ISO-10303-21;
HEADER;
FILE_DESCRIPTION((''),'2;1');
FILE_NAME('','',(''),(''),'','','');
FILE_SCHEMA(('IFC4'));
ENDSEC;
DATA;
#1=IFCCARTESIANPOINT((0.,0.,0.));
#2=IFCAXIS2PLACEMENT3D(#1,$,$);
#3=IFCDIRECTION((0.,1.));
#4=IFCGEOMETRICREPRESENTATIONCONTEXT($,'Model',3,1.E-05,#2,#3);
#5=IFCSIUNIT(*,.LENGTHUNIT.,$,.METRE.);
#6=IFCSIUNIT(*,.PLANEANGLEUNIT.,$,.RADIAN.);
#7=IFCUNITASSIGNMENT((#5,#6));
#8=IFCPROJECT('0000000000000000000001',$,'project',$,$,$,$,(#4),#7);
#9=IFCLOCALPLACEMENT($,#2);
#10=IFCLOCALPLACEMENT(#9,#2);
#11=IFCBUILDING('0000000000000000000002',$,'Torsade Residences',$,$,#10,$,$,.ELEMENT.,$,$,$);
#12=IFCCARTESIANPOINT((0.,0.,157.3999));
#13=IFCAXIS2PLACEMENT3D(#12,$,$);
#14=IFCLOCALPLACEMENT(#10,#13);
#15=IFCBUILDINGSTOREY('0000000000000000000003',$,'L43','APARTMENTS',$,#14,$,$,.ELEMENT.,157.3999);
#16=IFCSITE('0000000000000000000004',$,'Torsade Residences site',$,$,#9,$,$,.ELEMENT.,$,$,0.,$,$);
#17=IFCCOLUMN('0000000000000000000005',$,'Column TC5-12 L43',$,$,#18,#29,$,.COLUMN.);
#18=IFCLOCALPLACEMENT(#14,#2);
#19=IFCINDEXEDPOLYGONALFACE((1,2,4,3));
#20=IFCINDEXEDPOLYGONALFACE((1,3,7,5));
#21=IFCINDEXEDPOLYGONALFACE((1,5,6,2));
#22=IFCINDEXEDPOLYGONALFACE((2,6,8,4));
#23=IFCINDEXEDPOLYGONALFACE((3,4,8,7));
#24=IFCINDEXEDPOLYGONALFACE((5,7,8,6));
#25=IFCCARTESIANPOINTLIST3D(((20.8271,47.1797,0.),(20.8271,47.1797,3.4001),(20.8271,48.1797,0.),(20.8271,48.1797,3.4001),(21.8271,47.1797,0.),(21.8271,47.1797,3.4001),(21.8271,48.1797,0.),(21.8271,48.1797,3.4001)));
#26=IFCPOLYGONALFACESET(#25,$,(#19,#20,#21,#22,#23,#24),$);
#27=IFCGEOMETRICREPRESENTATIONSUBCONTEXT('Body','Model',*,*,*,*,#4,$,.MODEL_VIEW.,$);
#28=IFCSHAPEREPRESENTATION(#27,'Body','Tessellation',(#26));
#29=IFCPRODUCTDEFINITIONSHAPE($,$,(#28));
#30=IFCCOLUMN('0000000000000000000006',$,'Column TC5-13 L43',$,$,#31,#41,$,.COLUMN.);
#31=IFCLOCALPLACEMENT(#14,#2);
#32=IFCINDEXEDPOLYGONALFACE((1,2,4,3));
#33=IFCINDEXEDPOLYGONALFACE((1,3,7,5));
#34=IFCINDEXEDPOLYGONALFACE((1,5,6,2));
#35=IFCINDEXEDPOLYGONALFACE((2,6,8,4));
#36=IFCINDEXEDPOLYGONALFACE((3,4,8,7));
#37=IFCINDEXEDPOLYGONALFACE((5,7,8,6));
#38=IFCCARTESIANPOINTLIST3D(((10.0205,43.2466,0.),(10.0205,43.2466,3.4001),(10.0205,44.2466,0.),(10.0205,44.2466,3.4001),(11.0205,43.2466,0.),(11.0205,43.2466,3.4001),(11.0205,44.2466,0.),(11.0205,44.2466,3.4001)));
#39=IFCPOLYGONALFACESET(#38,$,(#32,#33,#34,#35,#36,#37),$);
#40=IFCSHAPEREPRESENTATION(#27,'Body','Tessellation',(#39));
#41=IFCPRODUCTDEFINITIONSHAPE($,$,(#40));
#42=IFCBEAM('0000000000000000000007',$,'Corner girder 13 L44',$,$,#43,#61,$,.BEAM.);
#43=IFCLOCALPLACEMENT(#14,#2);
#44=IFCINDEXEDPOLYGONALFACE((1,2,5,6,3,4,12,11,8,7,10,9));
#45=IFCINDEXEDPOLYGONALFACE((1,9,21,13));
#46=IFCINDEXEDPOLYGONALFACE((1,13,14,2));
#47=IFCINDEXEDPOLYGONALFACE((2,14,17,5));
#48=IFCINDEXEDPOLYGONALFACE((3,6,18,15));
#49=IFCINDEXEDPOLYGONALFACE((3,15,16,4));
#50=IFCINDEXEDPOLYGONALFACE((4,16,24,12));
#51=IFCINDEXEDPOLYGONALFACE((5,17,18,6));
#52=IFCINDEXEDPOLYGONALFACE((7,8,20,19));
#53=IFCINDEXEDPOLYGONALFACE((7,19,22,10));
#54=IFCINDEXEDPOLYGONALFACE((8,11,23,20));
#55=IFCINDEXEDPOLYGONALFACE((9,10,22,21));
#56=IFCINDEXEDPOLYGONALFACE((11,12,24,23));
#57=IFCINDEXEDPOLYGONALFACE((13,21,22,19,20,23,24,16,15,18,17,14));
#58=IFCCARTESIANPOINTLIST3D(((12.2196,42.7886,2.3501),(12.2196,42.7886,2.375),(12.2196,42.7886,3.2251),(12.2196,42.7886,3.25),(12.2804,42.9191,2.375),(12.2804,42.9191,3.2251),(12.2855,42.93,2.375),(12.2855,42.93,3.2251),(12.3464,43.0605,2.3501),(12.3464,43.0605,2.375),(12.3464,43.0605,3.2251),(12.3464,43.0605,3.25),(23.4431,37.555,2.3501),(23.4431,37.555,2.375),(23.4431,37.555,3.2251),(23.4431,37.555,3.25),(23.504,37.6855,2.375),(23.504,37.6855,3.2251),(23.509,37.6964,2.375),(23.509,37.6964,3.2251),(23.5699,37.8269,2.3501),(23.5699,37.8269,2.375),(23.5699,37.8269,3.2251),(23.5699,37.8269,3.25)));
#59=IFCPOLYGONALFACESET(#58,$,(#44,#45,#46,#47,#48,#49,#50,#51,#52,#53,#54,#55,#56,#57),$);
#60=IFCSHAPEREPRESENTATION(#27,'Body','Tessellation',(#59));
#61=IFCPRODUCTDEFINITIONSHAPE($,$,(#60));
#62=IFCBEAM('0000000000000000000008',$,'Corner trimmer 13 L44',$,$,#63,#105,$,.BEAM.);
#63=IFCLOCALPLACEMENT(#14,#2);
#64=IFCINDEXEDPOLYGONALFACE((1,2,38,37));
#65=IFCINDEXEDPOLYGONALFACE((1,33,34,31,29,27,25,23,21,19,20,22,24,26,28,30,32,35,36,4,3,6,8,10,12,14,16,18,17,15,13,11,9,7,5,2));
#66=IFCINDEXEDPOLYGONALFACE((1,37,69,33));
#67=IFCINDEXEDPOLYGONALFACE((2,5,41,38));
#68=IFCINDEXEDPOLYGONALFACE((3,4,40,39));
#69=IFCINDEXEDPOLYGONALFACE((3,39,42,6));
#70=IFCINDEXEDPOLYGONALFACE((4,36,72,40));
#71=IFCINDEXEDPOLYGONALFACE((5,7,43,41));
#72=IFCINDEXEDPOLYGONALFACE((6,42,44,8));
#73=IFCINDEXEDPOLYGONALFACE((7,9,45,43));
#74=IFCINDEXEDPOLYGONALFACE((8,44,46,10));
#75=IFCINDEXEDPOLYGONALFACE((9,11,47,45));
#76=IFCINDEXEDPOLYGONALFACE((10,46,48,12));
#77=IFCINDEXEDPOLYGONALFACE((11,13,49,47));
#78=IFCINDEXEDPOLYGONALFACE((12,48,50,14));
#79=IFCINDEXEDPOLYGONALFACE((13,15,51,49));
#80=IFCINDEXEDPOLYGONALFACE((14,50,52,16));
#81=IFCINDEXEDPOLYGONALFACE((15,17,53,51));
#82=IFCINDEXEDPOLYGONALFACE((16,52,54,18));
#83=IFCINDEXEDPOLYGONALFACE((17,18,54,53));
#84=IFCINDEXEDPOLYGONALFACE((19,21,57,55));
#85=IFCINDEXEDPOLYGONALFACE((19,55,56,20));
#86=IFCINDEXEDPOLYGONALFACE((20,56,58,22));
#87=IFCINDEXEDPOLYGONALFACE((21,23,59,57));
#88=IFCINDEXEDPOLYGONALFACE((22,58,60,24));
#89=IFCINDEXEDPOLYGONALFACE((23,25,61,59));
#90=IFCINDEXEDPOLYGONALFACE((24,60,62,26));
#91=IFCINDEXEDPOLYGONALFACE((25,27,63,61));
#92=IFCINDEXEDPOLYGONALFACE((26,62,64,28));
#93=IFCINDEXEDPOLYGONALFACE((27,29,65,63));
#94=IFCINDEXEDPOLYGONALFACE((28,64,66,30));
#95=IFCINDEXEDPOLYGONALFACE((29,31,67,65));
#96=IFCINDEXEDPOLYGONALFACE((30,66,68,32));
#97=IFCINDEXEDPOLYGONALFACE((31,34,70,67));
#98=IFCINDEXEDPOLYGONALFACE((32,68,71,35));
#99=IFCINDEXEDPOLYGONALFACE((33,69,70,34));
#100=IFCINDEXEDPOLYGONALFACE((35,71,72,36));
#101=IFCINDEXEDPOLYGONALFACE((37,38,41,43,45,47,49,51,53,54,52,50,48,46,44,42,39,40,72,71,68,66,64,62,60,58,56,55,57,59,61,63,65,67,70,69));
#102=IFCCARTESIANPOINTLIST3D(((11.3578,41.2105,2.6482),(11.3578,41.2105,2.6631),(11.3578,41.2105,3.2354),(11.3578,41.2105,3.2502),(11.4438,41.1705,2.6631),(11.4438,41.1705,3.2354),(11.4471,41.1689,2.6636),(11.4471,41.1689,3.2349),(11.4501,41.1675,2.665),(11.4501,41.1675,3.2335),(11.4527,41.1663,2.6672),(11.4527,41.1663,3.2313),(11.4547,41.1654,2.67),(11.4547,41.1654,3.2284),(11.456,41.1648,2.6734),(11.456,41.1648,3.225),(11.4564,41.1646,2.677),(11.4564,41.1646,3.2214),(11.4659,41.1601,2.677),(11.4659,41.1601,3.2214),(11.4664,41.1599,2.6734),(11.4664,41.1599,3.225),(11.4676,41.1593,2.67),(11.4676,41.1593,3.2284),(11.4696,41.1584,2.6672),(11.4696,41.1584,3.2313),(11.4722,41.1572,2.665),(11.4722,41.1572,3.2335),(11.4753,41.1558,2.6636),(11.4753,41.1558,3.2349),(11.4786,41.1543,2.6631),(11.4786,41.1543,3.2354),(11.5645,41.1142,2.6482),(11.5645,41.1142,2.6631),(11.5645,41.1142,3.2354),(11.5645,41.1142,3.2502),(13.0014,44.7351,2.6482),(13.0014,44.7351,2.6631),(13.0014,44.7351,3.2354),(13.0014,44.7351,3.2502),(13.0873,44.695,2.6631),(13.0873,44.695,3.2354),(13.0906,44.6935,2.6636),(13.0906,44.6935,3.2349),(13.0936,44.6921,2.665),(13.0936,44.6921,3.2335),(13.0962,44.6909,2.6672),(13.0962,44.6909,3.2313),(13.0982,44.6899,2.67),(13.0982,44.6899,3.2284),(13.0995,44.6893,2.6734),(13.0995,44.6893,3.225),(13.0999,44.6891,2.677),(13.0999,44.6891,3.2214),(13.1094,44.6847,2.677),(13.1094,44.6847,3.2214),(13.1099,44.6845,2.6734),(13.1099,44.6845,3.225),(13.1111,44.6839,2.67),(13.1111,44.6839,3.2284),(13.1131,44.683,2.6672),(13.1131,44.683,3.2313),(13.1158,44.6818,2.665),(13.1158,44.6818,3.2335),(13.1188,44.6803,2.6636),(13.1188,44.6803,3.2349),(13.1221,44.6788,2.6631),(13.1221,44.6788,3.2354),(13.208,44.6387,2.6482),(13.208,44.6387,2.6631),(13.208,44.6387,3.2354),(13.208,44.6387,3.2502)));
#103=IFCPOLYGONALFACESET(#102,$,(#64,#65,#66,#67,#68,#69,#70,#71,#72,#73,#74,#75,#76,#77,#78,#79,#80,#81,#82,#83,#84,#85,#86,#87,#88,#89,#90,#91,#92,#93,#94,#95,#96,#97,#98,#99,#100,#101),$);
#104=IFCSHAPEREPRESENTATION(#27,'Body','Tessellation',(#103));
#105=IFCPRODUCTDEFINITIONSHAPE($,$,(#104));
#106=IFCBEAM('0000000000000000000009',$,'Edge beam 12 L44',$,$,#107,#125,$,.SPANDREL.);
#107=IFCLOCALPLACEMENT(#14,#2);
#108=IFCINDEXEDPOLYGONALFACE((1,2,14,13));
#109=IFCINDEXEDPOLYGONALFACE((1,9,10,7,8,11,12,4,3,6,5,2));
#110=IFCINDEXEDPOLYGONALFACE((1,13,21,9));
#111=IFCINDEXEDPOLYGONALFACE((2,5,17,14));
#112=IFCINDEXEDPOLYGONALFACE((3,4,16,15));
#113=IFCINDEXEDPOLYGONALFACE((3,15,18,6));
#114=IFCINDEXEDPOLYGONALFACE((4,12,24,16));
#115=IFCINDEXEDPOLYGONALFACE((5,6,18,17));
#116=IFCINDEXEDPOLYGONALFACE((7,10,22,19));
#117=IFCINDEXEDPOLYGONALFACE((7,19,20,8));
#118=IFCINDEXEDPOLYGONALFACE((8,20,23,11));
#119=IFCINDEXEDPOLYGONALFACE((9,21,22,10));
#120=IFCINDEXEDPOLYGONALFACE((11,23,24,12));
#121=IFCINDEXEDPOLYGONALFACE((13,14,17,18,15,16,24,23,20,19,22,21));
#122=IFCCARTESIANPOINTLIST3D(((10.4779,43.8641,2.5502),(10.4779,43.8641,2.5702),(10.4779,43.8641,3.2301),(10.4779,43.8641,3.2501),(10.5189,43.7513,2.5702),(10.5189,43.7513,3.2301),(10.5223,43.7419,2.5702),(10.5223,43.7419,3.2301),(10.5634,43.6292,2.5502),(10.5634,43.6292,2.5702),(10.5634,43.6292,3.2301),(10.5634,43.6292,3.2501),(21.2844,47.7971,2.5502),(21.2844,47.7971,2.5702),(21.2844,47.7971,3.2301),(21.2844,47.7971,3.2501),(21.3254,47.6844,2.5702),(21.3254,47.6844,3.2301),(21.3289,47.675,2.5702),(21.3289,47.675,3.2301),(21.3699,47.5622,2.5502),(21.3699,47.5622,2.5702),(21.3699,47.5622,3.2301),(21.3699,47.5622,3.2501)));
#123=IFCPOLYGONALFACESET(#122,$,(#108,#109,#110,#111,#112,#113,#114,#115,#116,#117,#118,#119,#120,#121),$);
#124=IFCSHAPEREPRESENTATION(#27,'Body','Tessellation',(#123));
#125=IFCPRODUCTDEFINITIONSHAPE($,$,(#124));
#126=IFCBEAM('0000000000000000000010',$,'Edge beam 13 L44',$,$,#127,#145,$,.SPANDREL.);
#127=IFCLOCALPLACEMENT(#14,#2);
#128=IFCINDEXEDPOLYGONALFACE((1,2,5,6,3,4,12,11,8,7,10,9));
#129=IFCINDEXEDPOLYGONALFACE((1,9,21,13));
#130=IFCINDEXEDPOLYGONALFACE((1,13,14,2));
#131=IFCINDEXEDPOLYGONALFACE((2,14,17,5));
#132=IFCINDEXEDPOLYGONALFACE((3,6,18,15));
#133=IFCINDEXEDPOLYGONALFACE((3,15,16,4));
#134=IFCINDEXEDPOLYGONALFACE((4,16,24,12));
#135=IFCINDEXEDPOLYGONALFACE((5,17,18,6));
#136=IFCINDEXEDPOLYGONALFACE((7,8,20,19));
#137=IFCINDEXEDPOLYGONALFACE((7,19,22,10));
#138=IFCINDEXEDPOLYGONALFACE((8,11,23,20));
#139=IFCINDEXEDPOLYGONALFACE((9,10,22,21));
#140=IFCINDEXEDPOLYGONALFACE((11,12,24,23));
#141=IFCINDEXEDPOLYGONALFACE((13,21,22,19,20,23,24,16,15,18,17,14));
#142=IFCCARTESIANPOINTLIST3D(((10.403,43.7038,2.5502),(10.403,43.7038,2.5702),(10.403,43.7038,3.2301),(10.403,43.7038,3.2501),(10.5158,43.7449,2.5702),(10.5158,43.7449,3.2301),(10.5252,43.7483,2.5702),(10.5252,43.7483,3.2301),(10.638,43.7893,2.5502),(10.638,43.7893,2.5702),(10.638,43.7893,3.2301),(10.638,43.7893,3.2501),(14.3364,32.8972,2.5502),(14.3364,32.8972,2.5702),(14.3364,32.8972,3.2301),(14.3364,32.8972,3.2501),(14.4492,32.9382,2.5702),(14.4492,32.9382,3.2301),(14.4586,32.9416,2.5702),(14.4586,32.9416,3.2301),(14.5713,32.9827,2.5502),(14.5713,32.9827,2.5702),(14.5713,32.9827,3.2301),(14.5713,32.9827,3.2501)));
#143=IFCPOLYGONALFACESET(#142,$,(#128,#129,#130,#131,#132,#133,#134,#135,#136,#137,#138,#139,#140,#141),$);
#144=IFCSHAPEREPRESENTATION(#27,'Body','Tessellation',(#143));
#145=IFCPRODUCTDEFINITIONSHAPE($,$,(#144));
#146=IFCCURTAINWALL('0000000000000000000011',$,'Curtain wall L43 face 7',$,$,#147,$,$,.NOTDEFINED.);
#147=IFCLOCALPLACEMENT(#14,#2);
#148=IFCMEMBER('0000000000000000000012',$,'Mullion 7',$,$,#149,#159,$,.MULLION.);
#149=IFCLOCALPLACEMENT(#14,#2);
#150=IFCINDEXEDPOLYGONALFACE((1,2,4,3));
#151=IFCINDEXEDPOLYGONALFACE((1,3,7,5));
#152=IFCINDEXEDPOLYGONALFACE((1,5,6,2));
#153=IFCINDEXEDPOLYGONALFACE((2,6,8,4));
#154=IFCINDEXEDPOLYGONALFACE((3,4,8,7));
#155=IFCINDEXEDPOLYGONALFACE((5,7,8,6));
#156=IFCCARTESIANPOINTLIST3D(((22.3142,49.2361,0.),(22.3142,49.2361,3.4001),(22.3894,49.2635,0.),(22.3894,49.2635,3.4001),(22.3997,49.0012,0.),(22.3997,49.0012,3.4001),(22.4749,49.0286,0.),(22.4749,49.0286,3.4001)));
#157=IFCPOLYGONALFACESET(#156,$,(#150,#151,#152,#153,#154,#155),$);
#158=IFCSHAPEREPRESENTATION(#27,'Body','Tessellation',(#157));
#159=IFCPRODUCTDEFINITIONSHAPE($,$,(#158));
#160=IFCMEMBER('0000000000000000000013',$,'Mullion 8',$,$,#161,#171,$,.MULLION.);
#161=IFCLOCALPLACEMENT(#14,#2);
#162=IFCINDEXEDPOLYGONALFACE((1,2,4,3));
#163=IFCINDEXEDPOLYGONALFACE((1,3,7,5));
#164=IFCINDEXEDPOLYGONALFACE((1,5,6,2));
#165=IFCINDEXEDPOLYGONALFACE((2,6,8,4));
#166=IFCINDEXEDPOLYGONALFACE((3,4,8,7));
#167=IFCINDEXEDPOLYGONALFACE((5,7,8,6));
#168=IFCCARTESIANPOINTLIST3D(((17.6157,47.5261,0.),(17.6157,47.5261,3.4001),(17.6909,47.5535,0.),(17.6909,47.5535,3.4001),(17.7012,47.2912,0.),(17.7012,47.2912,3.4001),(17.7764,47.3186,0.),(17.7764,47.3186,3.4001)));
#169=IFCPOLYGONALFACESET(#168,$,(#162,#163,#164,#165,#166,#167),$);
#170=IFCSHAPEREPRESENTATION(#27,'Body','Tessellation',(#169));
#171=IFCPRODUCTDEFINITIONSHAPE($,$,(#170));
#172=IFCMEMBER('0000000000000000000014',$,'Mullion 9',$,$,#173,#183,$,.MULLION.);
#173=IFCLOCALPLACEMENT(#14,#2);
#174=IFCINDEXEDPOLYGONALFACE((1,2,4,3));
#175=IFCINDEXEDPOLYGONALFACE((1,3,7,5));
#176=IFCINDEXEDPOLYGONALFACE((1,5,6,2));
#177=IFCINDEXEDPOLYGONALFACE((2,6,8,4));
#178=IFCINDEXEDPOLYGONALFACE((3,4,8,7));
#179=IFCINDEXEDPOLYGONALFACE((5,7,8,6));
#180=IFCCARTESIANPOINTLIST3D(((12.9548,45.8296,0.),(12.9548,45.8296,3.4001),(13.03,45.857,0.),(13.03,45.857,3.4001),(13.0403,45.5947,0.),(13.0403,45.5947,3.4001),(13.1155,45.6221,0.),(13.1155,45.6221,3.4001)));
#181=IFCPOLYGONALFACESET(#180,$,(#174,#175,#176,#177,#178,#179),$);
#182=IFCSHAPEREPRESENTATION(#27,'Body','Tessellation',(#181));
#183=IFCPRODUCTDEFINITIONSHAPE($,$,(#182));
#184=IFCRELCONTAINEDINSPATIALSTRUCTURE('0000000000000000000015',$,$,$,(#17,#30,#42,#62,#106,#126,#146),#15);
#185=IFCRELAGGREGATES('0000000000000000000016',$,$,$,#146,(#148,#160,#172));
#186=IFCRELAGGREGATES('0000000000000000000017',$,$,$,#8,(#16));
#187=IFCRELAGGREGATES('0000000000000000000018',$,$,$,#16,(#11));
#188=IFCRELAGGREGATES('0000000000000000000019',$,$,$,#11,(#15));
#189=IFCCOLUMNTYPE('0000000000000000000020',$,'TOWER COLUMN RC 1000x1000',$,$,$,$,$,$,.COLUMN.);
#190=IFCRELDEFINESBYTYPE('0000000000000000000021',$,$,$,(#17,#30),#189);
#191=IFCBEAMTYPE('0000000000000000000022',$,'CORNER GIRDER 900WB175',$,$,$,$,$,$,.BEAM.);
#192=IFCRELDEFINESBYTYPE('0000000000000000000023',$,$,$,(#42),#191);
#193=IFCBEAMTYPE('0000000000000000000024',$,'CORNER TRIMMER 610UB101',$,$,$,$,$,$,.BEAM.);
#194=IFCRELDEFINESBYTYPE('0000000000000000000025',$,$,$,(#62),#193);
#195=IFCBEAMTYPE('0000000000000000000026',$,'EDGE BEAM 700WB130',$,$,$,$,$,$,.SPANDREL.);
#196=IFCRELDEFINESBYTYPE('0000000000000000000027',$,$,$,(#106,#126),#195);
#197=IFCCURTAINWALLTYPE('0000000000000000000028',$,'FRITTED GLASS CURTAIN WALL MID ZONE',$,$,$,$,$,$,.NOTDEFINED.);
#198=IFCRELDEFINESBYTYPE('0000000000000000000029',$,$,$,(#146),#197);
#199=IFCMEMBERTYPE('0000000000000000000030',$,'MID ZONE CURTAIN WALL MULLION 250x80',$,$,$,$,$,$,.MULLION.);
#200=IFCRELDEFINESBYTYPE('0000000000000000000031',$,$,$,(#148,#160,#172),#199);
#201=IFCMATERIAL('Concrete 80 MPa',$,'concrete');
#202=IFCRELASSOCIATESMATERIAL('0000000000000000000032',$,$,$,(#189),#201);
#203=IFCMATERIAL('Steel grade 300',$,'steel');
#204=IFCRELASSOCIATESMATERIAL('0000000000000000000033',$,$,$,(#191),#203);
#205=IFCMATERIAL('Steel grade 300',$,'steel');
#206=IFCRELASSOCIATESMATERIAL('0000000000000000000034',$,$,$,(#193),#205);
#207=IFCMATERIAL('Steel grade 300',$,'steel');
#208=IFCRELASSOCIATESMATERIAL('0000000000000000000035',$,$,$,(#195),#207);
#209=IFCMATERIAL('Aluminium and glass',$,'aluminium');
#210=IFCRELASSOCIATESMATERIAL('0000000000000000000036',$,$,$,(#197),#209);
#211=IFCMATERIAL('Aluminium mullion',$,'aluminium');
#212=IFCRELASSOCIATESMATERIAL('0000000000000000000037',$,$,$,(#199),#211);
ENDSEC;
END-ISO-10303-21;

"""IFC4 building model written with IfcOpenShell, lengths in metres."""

from ifc_helpers import new_model, si_unit, direction, frame, origin, origin_2d, place, context, subcontext, project, spatial, rectangle, i_section, extrude, material, material_profile, profile_set, type_object, element, aggregate, save


model = new_model("IFC4")

# Units and contexts
model_context = context("Model", 3, precision=1e-05, world=origin(), true_north=direction((0.0, 1.0)))
body_context = subcontext(model_context, "Body", "Model", "MODEL_VIEW")
ifc_project = project(units=[si_unit("LENGTHUNIT", "METRE"), si_unit("PLANEANGLEUNIT", "RADIAN")], contexts=[model_context])

# Site, building, storey
site_placement = place(None, origin())
site = spatial("IfcSite", under=ifc_project, at=site_placement, Name="Torsade Residences site", CompositionType="ELEMENT", RefElevation=0.0)
building_placement = place(site_placement, origin())
building = spatial("IfcBuilding", under=site, at=building_placement, Name="Torsade Residences", CompositionType="ELEMENT")
storey_placement = place(building_placement, frame((0.0, 0.0, 157.3999)))
storey = spatial("IfcBuildingStorey", under=building, at=storey_placement, Name="L43", Description="APARTMENTS", CompositionType="ELEMENT", Elevation=157.3999)

# Columns
ifc_material_1 = material(Name="Concrete 80 MPa", Category="concrete")
ifc_material_profile_1 = material_profile(ifc_material_1, rectangle(XDim=1.0, YDim=1.0, at=origin_2d()), Name="RC 1000x1000")
ifc_profile_set_1 = profile_set([ifc_material_profile_1], Name="Concrete 80 MPa")
column_type = type_object("IfcColumnType", Name="TOWER COLUMN RC 1000x1000", PredefinedType="COLUMN", material=ifc_profile_set_1)
for number, where, z_axis, x_axis, name in (
    (1, (21.3271, 47.6797, 0.0), (0.0, 0.0, 1.0), (1.0, 0.0, 0.0), "Column TC5-12 L43"),
    (2, (10.5205, 43.7466, 0.0), (0.0, 0.0, 1.0), (1.0, 0.0, 0.0), "Column TC5-13 L43"),
):
    element("IfcColumn", number, at=place(storey_placement, frame(where, z_axis=z_axis, x_axis=x_axis)), inside=storey, type_object=column_type, Name=name, PredefinedType="COLUMN", context=body_context, shape_type="SweptSolid", body=[
        extrude(rectangle(XDim=1.0, YDim=1.0, at=origin_2d()), origin(), (0.0, 0.0, 1.0), 3.4001),
    ])

# Beams
ifc_material_2 = material(Name="Steel grade 300", Category="steel")
ifc_material_profile_2 = material_profile(ifc_material_2, i_section(OverallWidth=0.3, OverallDepth=0.8999, WebThickness=0.012, FlangeThickness=0.0249, at=origin_2d()), Name="900WB175")
ifc_profile_set_2 = profile_set([ifc_material_profile_2], Name="Steel grade 300")
beam_type_1 = type_object("IfcBeamType", Name="CORNER GIRDER 900WB175", PredefinedType="BEAM", material=ifc_profile_set_2)
beam_1_placement = place(storey_placement, frame((12.283, 42.9246, 2.8), z_axis=(0.906309, -0.422617, 0.0), x_axis=(0.422617, 0.906309, 0.0)))
element("IfcBeam", 3, at=beam_1_placement, inside=storey, type_object=beam_type_1, Name="Corner girder 13 L44", PredefinedType="BEAM", context=body_context, shape_type="SweptSolid", body=[
    extrude(i_section(OverallWidth=0.3, OverallDepth=0.8999, WebThickness=0.012, FlangeThickness=0.0249, at=origin_2d()), origin(), (0.0, 0.0, 1.0), 12.3838),
])
ifc_material_3 = material(Name="Steel grade 300", Category="steel")
ifc_material_profile_3 = material_profile(ifc_material_3, i_section(OverallWidth=0.228, OverallDepth=0.6021, WebThickness=0.0105, FlangeThickness=0.0149, FilletRadius=0.0139, at=origin_2d()), Name="610UB101")
ifc_profile_set_3 = profile_set([ifc_material_profile_3], Name="Steel grade 300")
beam_type_2 = type_object("IfcBeamType", Name="CORNER TRIMMER 610UB101", PredefinedType="BEAM", material=ifc_profile_set_3)
beam_2_placement = place(storey_placement, frame((11.4612, 41.1624, 2.9492), z_axis=(0.422614, 0.90631, 0.0), x_axis=(-0.90631, 0.422614, 0.0)))
element("IfcBeam", 4, at=beam_2_placement, inside=storey, type_object=beam_type_2, Name="Corner trimmer 13 L44", PredefinedType="BEAM", context=body_context, shape_type="SweptSolid", body=[
    extrude(i_section(OverallWidth=0.228, OverallDepth=0.6021, WebThickness=0.0105, FlangeThickness=0.0149, FilletRadius=0.0139, at=origin_2d()), origin(), (0.0, 0.0, 1.0), 3.8889),
])
ifc_material_4 = material(Name="Steel grade 300", Category="steel")
ifc_material_profile_4 = material_profile(ifc_material_4, i_section(OverallWidth=0.25, OverallDepth=0.7, WebThickness=0.01, FlangeThickness=0.02, at=origin_2d()), Name="700WB130")
ifc_profile_set_4 = profile_set([ifc_material_profile_4], Name="Steel grade 300")
beam_type_3 = type_object("IfcBeamType", Name="EDGE BEAM 700WB130", PredefinedType="SPANDREL", material=ifc_profile_set_4)
beam_3_placement = place(storey_placement, frame((21.3271, 47.6797, 2.9001), z_axis=(-0.939698, -0.342006, 0.0), x_axis=(0.342006, -0.939698, 0.0)))
element("IfcBeam", 5, at=beam_3_placement, inside=storey, type_object=beam_type_3, Name="Edge beam 12 L44", PredefinedType="SPANDREL", context=body_context, shape_type="SweptSolid", body=[
    extrude(i_section(OverallWidth=0.25, OverallDepth=0.7, WebThickness=0.01, FlangeThickness=0.02, at=origin_2d()), origin(), (0.0, 0.0, 1.0), 11.5),
])
beam_4_placement = place(storey_placement, frame((10.5205, 43.7466, 2.9001), z_axis=(0.342024, -0.939691, 0.0), x_axis=(0.939691, 0.342024, 0.0)))
element("IfcBeam", 6, at=beam_4_placement, inside=storey, type_object=beam_type_3, Name="Edge beam 13 L44", PredefinedType="SPANDREL", context=body_context, shape_type="SweptSolid", body=[
    extrude(i_section(OverallWidth=0.25, OverallDepth=0.7, WebThickness=0.01, FlangeThickness=0.02, at=origin_2d()), origin(), (0.0, 0.0, 1.0), 11.5002),
])

# Curtain wall, members
ifc_material_5 = material(Name="Aluminium and glass", Category="aluminium")
curtain_wall_type = type_object("IfcCurtainWallType", Name="FRITTED GLASS CURTAIN WALL MID ZONE", PredefinedType="NOTDEFINED", material=ifc_material_5)
curtain_wall_placement = place(storey_placement, origin())
curtain_wall = element("IfcCurtainWall", 7, at=curtain_wall_placement, inside=storey, type_object=curtain_wall_type, Name="Curtain wall L43 face 7", PredefinedType="NOTDEFINED")
ifc_material_6 = material(Name="Aluminium mullion", Category="aluminium")
ifc_material_profile_5 = material_profile(ifc_material_6, rectangle(XDim=0.25, YDim=0.0801, at=origin_2d()), Name="MID ZONE CURTAIN WALL MULLION 250x80")
ifc_profile_set_5 = profile_set([ifc_material_profile_5], Name="Aluminium mullion")
member_type_1 = type_object("IfcMemberType", Name="MID ZONE CURTAIN WALL MULLION 250x80", PredefinedType="MULLION", material=ifc_profile_set_5)
member_1_placement = place(storey_placement, frame((22.3945, 49.1323, 0.0), z_axis=(0.0, 0.0, 1.0), x_axis=(0.34202, -0.939693, 0.0)))
member_1 = element("IfcMember", 8, at=member_1_placement, type_object=member_type_1, Name="Mullion 7", PredefinedType="MULLION", context=body_context, shape_type="SweptSolid", body=[
    extrude(rectangle(XDim=0.25, YDim=0.0801, at=origin_2d()), origin(), (0.0, 0.0, 1.0), 3.4001),
])
member_2_placement = place(storey_placement, frame((17.696, 47.4224, 0.0), z_axis=(0.0, 0.0, 1.0), x_axis=(0.34202, -0.939693, 0.0)))
member_2 = element("IfcMember", 9, at=member_2_placement, type_object=member_type_1, Name="Mullion 8", PredefinedType="MULLION", context=body_context, shape_type="SweptSolid", body=[
    extrude(rectangle(XDim=0.25, YDim=0.0801, at=origin_2d()), origin(), (0.0, 0.0, 1.0), 3.4001),
])
member_3_placement = place(storey_placement, frame((13.0352, 45.7258, 0.0), z_axis=(0.0, 0.0, 1.0), x_axis=(0.34202, -0.939693, 0.0)))
member_3 = element("IfcMember", 10, at=member_3_placement, type_object=member_type_1, Name="Mullion 9", PredefinedType="MULLION", context=body_context, shape_type="SweptSolid", body=[
    extrude(rectangle(XDim=0.25, YDim=0.0801, at=origin_2d()), origin(), (0.0, 0.0, 1.0), 3.4001),
])

aggregate(curtain_wall, [member_1, member_2, member_3])

save(model, "model.ifc")
